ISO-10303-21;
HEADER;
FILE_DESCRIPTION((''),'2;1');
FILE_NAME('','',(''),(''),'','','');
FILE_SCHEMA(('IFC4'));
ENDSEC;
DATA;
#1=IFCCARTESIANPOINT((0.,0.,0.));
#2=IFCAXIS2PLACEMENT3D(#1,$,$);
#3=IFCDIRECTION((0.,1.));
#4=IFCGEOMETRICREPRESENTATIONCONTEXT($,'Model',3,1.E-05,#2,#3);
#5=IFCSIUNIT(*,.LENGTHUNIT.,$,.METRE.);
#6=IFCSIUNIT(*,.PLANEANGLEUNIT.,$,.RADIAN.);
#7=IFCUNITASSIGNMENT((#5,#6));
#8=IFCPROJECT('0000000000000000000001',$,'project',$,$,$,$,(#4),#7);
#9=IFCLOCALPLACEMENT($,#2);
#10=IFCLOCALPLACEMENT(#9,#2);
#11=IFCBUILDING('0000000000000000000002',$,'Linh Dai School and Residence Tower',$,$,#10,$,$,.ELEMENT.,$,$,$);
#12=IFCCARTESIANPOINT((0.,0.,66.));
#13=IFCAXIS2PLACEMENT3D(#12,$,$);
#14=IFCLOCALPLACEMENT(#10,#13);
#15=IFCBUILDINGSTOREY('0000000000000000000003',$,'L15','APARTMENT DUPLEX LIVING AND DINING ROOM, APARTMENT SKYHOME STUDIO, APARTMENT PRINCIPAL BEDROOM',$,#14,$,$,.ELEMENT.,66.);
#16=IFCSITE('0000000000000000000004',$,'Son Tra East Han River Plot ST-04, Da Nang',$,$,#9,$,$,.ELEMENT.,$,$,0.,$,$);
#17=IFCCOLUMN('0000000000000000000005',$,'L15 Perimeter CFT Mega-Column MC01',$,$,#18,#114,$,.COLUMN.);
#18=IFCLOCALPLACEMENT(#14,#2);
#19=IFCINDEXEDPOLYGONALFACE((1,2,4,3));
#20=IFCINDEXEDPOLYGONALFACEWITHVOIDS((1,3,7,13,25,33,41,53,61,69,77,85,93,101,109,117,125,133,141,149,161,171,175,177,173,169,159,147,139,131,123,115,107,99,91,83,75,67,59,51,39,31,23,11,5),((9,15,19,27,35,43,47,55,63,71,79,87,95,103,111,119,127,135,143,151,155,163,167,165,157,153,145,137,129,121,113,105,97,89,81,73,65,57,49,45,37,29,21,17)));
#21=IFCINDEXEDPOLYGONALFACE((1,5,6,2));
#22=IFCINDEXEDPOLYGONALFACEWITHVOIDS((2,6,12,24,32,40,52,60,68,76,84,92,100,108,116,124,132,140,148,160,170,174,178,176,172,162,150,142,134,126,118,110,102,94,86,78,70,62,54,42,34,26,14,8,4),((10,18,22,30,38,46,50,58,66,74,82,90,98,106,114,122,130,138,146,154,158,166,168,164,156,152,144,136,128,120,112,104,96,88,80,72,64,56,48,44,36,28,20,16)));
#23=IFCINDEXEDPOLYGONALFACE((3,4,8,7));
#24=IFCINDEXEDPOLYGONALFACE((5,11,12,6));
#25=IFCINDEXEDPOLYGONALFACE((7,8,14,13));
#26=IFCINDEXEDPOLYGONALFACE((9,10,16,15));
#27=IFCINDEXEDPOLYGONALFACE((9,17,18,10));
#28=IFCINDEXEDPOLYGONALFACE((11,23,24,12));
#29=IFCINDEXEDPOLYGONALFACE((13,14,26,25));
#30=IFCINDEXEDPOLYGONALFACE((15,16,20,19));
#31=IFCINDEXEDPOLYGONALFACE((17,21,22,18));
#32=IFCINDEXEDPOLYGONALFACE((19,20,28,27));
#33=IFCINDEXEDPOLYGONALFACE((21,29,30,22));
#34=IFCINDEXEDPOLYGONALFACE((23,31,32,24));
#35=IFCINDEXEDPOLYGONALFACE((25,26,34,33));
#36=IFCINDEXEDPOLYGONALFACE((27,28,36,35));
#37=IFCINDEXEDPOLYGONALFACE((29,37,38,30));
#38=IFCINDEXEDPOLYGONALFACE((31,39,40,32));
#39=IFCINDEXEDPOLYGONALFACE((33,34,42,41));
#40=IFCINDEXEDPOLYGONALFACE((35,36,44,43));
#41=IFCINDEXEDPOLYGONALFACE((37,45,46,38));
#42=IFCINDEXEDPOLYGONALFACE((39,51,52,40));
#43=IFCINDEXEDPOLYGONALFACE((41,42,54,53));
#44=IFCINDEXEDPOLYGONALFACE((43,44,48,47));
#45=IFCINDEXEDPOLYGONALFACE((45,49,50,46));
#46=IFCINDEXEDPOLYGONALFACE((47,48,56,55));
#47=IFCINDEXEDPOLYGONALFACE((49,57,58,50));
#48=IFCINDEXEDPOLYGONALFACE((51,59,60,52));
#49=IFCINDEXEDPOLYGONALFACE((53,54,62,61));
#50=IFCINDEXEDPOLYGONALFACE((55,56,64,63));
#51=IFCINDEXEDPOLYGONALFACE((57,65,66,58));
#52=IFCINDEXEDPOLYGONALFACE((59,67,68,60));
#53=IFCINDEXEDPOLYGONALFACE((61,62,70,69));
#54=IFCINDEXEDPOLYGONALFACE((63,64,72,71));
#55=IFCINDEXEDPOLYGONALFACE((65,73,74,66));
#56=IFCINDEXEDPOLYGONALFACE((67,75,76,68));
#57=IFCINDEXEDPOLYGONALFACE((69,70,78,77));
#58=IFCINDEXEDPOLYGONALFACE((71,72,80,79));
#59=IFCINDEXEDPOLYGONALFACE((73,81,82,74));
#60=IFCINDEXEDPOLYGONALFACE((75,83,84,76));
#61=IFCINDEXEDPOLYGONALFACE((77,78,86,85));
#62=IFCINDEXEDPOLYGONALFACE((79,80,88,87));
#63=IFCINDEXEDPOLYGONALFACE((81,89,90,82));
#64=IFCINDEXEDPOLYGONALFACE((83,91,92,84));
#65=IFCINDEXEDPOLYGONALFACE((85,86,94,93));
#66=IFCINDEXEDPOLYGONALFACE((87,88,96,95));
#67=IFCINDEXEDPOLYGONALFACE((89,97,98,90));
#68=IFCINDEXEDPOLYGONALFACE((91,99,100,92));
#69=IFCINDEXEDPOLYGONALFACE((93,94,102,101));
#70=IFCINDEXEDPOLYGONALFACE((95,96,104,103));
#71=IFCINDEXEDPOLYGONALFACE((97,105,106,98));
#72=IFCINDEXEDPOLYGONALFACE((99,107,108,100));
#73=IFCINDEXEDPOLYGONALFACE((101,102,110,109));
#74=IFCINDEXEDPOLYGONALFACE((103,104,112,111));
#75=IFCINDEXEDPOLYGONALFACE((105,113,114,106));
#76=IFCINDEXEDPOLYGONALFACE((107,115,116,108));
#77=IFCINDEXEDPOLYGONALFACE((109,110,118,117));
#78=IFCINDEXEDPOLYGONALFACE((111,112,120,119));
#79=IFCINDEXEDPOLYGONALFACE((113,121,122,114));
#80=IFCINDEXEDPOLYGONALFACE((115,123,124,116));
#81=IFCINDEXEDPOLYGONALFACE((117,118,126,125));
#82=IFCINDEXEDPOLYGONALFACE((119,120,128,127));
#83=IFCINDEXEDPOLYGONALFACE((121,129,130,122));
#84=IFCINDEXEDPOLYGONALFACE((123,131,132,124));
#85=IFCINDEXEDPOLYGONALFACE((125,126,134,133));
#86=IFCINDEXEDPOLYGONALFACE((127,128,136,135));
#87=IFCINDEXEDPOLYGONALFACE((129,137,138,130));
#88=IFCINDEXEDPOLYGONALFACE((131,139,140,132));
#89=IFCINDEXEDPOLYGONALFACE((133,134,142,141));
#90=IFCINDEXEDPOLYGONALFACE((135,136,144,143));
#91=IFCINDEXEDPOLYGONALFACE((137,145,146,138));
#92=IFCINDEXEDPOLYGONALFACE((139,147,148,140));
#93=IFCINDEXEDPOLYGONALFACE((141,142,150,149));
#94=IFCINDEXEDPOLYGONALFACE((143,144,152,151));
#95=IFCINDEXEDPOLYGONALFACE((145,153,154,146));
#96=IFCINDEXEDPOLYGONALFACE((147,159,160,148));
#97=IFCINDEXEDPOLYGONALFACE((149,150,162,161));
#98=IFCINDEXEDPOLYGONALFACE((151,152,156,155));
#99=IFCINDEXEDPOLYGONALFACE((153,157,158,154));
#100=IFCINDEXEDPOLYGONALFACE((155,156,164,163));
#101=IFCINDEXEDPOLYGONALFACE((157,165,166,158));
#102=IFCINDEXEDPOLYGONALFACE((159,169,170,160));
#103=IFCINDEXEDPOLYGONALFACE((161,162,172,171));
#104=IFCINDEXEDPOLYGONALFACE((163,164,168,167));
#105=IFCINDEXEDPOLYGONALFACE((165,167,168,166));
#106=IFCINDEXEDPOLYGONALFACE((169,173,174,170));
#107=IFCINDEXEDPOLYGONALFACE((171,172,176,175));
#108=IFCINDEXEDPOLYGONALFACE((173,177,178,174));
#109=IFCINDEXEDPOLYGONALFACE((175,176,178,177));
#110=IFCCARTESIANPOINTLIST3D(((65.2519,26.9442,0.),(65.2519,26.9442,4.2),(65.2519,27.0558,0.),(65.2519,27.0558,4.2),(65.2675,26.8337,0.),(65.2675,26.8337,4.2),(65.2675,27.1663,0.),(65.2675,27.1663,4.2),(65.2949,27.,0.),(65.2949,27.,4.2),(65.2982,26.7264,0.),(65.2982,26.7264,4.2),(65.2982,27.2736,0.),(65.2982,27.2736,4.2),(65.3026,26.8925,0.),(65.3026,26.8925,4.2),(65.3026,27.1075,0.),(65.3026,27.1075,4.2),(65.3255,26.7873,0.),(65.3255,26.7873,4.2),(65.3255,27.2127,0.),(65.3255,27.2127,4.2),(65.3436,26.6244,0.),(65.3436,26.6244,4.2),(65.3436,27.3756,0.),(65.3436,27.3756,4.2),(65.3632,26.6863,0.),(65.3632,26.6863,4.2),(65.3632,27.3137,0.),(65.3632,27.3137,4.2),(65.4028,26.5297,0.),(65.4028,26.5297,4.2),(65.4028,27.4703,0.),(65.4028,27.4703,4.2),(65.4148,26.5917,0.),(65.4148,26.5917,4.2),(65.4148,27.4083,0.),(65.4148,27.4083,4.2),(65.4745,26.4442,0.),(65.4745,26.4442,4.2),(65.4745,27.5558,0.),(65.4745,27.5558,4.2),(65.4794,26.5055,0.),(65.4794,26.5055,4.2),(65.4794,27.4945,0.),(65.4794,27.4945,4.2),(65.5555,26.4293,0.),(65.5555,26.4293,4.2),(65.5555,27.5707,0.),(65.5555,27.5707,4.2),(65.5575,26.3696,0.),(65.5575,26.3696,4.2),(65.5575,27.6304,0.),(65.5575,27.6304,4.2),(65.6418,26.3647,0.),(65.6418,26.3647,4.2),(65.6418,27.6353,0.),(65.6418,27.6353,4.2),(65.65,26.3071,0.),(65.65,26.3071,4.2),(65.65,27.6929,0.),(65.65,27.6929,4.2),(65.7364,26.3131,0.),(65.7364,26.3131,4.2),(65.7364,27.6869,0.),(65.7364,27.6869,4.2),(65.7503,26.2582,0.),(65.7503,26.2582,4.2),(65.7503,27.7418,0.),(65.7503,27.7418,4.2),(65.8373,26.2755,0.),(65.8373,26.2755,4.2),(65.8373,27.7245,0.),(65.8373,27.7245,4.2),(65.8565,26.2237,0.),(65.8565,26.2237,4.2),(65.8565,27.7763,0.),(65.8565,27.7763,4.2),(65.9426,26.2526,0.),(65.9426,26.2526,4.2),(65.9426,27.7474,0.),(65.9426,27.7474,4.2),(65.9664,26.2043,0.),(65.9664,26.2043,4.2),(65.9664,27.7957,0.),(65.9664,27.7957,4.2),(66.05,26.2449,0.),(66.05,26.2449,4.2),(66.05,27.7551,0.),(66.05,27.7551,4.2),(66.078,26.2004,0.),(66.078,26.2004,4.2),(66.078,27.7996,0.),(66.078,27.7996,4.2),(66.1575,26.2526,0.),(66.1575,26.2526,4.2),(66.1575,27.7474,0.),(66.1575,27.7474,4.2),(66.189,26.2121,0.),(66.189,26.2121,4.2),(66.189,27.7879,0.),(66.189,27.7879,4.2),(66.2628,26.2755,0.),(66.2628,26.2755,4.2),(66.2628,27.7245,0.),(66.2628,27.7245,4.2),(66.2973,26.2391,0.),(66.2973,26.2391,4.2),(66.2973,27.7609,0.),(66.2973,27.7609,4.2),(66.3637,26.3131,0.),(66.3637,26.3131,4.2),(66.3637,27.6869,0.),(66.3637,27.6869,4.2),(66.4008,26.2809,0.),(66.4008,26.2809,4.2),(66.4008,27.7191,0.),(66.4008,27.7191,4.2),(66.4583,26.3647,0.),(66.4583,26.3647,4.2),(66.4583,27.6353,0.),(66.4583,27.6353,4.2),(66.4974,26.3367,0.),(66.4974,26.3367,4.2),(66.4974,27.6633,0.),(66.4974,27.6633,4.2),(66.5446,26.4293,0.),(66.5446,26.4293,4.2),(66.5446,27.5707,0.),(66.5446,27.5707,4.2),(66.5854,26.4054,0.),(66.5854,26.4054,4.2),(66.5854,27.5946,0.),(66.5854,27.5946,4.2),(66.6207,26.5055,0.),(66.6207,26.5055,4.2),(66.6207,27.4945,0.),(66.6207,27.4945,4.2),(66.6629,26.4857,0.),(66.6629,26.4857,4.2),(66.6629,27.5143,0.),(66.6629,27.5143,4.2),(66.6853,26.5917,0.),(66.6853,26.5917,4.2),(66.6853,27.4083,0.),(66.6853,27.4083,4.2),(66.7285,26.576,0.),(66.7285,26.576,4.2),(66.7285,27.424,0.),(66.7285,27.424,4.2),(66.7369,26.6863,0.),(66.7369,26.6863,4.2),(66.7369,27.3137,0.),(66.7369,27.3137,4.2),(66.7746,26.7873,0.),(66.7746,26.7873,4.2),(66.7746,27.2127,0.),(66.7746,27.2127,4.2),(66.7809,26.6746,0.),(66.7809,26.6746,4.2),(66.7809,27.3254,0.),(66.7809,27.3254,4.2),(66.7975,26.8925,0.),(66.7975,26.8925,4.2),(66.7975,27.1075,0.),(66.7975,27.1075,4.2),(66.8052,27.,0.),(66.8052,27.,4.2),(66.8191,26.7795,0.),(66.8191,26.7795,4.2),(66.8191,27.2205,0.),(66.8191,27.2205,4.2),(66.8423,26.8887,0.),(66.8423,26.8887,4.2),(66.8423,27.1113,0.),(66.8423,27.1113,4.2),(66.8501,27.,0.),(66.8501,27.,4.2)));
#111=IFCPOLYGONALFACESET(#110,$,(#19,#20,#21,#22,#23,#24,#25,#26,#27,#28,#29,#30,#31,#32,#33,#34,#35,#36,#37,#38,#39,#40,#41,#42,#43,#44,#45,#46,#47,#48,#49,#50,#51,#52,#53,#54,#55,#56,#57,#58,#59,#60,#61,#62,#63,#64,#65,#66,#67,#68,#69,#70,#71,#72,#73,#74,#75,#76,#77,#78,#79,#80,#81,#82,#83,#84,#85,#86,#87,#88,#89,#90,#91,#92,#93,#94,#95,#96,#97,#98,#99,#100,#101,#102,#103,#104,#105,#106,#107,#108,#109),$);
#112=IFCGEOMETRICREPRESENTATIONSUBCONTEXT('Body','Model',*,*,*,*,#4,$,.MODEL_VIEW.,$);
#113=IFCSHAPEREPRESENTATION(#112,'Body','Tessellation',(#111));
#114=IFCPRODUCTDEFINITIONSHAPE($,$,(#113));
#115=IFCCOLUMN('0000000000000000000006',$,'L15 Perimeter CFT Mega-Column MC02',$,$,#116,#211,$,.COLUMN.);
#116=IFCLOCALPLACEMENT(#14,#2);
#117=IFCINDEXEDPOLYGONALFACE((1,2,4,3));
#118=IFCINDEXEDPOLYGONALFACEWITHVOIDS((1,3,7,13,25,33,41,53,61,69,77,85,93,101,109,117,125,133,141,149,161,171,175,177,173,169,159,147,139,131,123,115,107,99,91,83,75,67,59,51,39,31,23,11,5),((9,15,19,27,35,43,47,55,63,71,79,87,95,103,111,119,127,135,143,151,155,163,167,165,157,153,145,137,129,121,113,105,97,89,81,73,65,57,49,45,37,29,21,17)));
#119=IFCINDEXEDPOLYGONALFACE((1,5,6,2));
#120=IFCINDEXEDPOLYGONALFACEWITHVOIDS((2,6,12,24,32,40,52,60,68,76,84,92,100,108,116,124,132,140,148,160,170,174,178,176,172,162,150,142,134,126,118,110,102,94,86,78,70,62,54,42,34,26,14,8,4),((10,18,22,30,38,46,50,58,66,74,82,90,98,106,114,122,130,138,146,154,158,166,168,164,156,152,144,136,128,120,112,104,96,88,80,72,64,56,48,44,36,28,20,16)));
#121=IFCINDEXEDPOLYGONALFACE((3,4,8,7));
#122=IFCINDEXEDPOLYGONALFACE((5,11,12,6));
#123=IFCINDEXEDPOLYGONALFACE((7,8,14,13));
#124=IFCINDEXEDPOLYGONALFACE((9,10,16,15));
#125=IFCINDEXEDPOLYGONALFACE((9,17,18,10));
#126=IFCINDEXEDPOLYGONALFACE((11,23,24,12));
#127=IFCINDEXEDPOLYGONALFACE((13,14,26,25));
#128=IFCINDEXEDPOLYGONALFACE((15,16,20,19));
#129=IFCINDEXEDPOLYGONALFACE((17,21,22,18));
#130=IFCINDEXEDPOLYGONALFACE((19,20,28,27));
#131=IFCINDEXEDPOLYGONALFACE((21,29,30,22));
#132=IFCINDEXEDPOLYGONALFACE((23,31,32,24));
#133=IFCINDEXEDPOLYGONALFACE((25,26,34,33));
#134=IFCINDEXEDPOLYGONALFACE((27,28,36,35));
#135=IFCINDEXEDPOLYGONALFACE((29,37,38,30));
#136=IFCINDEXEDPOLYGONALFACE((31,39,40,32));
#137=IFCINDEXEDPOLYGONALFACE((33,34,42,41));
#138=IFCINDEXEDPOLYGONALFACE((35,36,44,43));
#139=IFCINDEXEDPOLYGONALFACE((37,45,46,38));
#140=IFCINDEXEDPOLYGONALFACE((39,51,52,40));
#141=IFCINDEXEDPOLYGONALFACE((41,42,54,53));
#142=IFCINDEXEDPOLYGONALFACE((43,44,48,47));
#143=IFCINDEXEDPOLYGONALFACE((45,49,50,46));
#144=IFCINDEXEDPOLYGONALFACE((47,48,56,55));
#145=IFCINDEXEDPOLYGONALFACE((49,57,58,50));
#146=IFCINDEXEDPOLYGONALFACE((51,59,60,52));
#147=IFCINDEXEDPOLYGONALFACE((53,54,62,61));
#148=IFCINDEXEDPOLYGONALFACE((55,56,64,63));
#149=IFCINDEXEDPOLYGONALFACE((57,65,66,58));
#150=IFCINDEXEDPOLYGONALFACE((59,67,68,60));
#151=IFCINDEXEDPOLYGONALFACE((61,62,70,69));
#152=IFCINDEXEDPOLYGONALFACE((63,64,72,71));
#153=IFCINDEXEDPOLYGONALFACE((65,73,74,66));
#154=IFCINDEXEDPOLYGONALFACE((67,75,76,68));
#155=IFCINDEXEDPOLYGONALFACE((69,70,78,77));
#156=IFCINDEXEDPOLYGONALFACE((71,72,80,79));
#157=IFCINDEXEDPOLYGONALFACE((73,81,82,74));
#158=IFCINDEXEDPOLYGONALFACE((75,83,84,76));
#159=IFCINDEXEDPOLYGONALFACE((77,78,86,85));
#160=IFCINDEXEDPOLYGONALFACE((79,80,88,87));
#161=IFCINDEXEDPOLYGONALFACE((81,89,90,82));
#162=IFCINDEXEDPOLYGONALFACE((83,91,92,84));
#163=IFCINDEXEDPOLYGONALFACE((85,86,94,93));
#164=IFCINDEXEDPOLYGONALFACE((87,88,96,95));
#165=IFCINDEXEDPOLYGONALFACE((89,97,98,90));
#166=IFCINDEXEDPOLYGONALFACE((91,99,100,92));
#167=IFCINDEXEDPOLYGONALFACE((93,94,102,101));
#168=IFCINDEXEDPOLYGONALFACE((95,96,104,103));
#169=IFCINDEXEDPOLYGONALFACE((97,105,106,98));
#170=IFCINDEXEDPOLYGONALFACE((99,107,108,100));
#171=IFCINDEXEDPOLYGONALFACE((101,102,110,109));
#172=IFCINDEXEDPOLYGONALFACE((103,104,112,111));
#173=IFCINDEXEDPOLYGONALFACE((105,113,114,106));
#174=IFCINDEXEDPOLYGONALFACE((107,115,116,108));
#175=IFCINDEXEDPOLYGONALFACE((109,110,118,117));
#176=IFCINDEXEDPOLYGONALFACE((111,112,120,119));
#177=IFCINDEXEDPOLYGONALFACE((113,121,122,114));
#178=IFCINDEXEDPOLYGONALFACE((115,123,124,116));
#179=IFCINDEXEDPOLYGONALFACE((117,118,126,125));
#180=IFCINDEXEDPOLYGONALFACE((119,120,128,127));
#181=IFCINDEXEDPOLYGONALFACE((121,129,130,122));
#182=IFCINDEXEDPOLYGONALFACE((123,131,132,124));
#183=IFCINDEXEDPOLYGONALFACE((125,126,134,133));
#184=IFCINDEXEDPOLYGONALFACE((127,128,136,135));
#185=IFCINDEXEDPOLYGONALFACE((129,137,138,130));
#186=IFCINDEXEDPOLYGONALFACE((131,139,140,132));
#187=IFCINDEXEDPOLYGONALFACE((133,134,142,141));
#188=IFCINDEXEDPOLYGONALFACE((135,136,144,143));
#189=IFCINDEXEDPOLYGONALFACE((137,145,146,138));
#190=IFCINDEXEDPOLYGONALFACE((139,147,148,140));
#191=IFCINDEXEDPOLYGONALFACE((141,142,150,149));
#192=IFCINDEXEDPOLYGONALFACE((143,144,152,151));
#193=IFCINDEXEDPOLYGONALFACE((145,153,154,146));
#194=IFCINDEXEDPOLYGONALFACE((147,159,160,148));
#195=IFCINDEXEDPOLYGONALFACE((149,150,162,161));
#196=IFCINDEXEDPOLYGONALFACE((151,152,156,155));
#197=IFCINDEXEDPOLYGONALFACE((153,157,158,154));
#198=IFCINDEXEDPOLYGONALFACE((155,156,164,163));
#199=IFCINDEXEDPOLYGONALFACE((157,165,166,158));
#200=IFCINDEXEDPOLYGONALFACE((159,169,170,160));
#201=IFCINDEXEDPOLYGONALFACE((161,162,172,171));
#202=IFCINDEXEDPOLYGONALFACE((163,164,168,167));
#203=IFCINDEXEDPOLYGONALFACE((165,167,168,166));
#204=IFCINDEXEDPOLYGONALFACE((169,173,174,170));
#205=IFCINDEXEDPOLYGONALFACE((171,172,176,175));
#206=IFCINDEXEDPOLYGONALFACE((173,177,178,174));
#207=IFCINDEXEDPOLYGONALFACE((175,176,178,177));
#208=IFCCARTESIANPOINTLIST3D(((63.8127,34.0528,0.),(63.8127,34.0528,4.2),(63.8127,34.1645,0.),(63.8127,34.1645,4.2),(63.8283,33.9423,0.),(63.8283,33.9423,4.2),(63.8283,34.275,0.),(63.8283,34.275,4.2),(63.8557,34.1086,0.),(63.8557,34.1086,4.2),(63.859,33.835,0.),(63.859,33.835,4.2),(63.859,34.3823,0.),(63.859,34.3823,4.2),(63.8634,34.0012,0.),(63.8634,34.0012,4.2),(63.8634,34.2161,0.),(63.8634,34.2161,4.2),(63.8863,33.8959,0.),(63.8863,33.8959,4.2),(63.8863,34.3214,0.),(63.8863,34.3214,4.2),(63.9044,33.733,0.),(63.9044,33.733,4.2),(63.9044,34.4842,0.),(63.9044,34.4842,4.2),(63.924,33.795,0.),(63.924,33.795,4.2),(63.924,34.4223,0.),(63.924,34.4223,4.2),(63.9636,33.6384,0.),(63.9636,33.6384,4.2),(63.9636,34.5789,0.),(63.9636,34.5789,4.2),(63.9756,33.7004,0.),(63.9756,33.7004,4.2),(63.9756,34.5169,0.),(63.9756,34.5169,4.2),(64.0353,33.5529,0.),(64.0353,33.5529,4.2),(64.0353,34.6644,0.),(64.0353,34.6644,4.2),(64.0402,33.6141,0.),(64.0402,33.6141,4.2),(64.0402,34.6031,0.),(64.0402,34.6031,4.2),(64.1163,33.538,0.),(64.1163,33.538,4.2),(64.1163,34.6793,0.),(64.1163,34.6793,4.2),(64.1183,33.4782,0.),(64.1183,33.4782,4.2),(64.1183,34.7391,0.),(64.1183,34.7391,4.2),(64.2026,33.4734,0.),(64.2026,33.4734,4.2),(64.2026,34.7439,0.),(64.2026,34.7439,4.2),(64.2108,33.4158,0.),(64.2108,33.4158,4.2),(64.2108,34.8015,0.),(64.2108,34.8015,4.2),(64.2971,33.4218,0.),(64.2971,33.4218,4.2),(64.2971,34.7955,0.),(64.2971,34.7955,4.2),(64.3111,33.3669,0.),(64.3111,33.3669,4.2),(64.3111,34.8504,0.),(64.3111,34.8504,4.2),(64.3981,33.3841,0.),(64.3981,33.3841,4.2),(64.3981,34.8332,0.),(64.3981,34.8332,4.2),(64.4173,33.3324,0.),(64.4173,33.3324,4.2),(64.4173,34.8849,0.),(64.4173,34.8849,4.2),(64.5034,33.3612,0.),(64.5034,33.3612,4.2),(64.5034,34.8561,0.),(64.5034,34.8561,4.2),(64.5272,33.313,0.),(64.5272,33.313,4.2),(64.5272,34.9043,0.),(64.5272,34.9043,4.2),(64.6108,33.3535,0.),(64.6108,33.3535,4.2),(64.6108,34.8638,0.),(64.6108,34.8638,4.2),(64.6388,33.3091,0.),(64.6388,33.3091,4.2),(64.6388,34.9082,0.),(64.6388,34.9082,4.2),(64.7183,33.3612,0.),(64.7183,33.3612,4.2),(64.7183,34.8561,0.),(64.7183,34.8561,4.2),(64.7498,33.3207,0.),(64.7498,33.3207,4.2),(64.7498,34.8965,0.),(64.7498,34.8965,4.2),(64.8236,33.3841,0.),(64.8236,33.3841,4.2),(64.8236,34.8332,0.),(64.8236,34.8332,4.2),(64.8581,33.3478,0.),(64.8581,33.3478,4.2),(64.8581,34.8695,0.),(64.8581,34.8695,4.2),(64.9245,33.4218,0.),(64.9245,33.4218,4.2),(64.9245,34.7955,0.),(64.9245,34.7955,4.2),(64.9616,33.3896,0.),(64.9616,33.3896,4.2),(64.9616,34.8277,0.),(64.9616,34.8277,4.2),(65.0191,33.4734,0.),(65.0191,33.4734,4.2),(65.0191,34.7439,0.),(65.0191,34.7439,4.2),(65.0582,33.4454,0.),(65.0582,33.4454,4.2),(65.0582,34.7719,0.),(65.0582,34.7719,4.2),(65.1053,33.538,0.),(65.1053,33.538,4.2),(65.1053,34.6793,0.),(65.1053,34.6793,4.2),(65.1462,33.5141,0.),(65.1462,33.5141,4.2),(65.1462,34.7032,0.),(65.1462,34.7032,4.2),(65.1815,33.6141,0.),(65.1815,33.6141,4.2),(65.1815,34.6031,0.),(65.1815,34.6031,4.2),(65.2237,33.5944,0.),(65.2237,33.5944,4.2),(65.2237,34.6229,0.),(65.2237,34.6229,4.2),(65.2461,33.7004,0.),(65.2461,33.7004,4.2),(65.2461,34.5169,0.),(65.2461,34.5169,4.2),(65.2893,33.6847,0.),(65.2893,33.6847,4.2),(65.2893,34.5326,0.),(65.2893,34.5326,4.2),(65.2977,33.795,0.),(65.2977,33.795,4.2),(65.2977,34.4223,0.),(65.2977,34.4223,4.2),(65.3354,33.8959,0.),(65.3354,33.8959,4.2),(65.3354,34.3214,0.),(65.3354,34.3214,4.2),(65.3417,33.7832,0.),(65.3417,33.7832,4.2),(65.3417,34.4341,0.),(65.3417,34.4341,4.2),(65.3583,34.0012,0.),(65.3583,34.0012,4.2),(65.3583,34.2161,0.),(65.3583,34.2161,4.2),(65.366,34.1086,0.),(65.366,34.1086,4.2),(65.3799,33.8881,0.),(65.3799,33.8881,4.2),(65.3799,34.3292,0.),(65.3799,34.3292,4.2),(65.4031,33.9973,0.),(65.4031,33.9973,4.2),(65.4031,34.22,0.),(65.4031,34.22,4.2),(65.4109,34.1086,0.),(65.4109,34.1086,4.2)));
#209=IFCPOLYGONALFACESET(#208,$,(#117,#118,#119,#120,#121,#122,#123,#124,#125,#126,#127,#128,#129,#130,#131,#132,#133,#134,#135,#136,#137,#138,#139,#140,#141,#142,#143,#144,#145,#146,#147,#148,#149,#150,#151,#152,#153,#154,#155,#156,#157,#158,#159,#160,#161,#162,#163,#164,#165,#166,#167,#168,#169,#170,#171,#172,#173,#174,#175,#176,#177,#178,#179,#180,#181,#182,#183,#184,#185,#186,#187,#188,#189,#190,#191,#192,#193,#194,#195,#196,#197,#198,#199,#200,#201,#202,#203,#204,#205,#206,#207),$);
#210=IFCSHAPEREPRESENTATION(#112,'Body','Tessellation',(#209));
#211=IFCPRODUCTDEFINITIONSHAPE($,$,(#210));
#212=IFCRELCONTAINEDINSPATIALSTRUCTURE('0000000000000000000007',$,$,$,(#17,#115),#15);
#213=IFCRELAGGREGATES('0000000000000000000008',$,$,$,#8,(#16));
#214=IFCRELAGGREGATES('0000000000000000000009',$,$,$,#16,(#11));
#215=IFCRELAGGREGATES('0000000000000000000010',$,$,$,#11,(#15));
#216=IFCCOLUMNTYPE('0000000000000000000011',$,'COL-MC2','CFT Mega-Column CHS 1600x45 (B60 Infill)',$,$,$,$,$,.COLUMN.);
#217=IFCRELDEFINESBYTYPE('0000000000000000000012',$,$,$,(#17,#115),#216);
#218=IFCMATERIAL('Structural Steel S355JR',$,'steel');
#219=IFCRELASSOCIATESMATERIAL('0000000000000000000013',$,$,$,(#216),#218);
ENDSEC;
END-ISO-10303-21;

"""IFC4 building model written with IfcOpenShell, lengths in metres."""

from ifc_helpers import new_model, si_unit, direction, frame, origin, origin_2d, place, context, subcontext, project, spatial, hollow_circle, extrude, material, material_profile, profile_set, type_object, element, save


model = new_model("IFC4")

# Units and contexts
model_context = context("Model", 3, precision=1e-05, world=origin(), true_north=direction((0.0, 1.0)))
body_context = subcontext(model_context, "Body", "Model", "MODEL_VIEW")
ifc_project = project(units=[si_unit("LENGTHUNIT", "METRE"), si_unit("PLANEANGLEUNIT", "RADIAN")], contexts=[model_context])

# Site, building, storey
site_placement = place(None, origin())
site = spatial("IfcSite", under=ifc_project, at=site_placement, Name="Son Tra East Han River Plot ST-04, Da Nang", CompositionType="ELEMENT", RefElevation=0.0)
building_placement = place(site_placement, origin())
building = spatial("IfcBuilding", under=site, at=building_placement, Name="Linh Dai School and Residence Tower", CompositionType="ELEMENT")
storey_placement = place(building_placement, frame((0.0, 0.0, 66.0)))
storey = spatial("IfcBuildingStorey", under=building, at=storey_placement, Name="L15", Description="APARTMENT DUPLEX LIVING AND DINING ROOM, APARTMENT SKYHOME STUDIO, APARTMENT PRINCIPAL BEDROOM", CompositionType="ELEMENT", Elevation=66.0)

# Columns
ifc_material_1 = material(Name="Structural Steel S355JR", Category="steel")
ifc_material_profile_1 = material_profile(ifc_material_1, hollow_circle(Radius=0.8, WallThickness=0.0449, at=origin_2d()), Name="CHS 1600x45")
ifc_profile_set_1 = profile_set([ifc_material_profile_1], Name="Structural Steel S355JR")
column_type = type_object("IfcColumnType", Name="COL-MC2", Description="CFT Mega-Column CHS 1600x45 (B60 Infill)", PredefinedType="COLUMN", material=ifc_profile_set_1)
for number, where, z_axis, x_axis, name in (
    (1, (66.05, 27.0, 0.0), (0.0, 0.0, 1.0), (1.0, 0.0, 0.0), "L15 Perimeter CFT Mega-Column MC01"),
    (2, (64.6108, 34.1086, 0.0), (0.0, 0.0, 1.0), (1.0, 0.0, 0.0), "L15 Perimeter CFT Mega-Column MC02"),
):
    element("IfcColumn", number, at=place(storey_placement, frame(where, z_axis=z_axis, x_axis=x_axis)), inside=storey, type_object=column_type, Name=name, PredefinedType="COLUMN", context=body_context, shape_type="SweptSolid", body=[
        extrude(hollow_circle(Radius=0.8, WallThickness=0.0449, at=origin_2d()), origin(), (0.0, 0.0, 1.0), 4.2),
    ])

save(model, "model.ifc")
